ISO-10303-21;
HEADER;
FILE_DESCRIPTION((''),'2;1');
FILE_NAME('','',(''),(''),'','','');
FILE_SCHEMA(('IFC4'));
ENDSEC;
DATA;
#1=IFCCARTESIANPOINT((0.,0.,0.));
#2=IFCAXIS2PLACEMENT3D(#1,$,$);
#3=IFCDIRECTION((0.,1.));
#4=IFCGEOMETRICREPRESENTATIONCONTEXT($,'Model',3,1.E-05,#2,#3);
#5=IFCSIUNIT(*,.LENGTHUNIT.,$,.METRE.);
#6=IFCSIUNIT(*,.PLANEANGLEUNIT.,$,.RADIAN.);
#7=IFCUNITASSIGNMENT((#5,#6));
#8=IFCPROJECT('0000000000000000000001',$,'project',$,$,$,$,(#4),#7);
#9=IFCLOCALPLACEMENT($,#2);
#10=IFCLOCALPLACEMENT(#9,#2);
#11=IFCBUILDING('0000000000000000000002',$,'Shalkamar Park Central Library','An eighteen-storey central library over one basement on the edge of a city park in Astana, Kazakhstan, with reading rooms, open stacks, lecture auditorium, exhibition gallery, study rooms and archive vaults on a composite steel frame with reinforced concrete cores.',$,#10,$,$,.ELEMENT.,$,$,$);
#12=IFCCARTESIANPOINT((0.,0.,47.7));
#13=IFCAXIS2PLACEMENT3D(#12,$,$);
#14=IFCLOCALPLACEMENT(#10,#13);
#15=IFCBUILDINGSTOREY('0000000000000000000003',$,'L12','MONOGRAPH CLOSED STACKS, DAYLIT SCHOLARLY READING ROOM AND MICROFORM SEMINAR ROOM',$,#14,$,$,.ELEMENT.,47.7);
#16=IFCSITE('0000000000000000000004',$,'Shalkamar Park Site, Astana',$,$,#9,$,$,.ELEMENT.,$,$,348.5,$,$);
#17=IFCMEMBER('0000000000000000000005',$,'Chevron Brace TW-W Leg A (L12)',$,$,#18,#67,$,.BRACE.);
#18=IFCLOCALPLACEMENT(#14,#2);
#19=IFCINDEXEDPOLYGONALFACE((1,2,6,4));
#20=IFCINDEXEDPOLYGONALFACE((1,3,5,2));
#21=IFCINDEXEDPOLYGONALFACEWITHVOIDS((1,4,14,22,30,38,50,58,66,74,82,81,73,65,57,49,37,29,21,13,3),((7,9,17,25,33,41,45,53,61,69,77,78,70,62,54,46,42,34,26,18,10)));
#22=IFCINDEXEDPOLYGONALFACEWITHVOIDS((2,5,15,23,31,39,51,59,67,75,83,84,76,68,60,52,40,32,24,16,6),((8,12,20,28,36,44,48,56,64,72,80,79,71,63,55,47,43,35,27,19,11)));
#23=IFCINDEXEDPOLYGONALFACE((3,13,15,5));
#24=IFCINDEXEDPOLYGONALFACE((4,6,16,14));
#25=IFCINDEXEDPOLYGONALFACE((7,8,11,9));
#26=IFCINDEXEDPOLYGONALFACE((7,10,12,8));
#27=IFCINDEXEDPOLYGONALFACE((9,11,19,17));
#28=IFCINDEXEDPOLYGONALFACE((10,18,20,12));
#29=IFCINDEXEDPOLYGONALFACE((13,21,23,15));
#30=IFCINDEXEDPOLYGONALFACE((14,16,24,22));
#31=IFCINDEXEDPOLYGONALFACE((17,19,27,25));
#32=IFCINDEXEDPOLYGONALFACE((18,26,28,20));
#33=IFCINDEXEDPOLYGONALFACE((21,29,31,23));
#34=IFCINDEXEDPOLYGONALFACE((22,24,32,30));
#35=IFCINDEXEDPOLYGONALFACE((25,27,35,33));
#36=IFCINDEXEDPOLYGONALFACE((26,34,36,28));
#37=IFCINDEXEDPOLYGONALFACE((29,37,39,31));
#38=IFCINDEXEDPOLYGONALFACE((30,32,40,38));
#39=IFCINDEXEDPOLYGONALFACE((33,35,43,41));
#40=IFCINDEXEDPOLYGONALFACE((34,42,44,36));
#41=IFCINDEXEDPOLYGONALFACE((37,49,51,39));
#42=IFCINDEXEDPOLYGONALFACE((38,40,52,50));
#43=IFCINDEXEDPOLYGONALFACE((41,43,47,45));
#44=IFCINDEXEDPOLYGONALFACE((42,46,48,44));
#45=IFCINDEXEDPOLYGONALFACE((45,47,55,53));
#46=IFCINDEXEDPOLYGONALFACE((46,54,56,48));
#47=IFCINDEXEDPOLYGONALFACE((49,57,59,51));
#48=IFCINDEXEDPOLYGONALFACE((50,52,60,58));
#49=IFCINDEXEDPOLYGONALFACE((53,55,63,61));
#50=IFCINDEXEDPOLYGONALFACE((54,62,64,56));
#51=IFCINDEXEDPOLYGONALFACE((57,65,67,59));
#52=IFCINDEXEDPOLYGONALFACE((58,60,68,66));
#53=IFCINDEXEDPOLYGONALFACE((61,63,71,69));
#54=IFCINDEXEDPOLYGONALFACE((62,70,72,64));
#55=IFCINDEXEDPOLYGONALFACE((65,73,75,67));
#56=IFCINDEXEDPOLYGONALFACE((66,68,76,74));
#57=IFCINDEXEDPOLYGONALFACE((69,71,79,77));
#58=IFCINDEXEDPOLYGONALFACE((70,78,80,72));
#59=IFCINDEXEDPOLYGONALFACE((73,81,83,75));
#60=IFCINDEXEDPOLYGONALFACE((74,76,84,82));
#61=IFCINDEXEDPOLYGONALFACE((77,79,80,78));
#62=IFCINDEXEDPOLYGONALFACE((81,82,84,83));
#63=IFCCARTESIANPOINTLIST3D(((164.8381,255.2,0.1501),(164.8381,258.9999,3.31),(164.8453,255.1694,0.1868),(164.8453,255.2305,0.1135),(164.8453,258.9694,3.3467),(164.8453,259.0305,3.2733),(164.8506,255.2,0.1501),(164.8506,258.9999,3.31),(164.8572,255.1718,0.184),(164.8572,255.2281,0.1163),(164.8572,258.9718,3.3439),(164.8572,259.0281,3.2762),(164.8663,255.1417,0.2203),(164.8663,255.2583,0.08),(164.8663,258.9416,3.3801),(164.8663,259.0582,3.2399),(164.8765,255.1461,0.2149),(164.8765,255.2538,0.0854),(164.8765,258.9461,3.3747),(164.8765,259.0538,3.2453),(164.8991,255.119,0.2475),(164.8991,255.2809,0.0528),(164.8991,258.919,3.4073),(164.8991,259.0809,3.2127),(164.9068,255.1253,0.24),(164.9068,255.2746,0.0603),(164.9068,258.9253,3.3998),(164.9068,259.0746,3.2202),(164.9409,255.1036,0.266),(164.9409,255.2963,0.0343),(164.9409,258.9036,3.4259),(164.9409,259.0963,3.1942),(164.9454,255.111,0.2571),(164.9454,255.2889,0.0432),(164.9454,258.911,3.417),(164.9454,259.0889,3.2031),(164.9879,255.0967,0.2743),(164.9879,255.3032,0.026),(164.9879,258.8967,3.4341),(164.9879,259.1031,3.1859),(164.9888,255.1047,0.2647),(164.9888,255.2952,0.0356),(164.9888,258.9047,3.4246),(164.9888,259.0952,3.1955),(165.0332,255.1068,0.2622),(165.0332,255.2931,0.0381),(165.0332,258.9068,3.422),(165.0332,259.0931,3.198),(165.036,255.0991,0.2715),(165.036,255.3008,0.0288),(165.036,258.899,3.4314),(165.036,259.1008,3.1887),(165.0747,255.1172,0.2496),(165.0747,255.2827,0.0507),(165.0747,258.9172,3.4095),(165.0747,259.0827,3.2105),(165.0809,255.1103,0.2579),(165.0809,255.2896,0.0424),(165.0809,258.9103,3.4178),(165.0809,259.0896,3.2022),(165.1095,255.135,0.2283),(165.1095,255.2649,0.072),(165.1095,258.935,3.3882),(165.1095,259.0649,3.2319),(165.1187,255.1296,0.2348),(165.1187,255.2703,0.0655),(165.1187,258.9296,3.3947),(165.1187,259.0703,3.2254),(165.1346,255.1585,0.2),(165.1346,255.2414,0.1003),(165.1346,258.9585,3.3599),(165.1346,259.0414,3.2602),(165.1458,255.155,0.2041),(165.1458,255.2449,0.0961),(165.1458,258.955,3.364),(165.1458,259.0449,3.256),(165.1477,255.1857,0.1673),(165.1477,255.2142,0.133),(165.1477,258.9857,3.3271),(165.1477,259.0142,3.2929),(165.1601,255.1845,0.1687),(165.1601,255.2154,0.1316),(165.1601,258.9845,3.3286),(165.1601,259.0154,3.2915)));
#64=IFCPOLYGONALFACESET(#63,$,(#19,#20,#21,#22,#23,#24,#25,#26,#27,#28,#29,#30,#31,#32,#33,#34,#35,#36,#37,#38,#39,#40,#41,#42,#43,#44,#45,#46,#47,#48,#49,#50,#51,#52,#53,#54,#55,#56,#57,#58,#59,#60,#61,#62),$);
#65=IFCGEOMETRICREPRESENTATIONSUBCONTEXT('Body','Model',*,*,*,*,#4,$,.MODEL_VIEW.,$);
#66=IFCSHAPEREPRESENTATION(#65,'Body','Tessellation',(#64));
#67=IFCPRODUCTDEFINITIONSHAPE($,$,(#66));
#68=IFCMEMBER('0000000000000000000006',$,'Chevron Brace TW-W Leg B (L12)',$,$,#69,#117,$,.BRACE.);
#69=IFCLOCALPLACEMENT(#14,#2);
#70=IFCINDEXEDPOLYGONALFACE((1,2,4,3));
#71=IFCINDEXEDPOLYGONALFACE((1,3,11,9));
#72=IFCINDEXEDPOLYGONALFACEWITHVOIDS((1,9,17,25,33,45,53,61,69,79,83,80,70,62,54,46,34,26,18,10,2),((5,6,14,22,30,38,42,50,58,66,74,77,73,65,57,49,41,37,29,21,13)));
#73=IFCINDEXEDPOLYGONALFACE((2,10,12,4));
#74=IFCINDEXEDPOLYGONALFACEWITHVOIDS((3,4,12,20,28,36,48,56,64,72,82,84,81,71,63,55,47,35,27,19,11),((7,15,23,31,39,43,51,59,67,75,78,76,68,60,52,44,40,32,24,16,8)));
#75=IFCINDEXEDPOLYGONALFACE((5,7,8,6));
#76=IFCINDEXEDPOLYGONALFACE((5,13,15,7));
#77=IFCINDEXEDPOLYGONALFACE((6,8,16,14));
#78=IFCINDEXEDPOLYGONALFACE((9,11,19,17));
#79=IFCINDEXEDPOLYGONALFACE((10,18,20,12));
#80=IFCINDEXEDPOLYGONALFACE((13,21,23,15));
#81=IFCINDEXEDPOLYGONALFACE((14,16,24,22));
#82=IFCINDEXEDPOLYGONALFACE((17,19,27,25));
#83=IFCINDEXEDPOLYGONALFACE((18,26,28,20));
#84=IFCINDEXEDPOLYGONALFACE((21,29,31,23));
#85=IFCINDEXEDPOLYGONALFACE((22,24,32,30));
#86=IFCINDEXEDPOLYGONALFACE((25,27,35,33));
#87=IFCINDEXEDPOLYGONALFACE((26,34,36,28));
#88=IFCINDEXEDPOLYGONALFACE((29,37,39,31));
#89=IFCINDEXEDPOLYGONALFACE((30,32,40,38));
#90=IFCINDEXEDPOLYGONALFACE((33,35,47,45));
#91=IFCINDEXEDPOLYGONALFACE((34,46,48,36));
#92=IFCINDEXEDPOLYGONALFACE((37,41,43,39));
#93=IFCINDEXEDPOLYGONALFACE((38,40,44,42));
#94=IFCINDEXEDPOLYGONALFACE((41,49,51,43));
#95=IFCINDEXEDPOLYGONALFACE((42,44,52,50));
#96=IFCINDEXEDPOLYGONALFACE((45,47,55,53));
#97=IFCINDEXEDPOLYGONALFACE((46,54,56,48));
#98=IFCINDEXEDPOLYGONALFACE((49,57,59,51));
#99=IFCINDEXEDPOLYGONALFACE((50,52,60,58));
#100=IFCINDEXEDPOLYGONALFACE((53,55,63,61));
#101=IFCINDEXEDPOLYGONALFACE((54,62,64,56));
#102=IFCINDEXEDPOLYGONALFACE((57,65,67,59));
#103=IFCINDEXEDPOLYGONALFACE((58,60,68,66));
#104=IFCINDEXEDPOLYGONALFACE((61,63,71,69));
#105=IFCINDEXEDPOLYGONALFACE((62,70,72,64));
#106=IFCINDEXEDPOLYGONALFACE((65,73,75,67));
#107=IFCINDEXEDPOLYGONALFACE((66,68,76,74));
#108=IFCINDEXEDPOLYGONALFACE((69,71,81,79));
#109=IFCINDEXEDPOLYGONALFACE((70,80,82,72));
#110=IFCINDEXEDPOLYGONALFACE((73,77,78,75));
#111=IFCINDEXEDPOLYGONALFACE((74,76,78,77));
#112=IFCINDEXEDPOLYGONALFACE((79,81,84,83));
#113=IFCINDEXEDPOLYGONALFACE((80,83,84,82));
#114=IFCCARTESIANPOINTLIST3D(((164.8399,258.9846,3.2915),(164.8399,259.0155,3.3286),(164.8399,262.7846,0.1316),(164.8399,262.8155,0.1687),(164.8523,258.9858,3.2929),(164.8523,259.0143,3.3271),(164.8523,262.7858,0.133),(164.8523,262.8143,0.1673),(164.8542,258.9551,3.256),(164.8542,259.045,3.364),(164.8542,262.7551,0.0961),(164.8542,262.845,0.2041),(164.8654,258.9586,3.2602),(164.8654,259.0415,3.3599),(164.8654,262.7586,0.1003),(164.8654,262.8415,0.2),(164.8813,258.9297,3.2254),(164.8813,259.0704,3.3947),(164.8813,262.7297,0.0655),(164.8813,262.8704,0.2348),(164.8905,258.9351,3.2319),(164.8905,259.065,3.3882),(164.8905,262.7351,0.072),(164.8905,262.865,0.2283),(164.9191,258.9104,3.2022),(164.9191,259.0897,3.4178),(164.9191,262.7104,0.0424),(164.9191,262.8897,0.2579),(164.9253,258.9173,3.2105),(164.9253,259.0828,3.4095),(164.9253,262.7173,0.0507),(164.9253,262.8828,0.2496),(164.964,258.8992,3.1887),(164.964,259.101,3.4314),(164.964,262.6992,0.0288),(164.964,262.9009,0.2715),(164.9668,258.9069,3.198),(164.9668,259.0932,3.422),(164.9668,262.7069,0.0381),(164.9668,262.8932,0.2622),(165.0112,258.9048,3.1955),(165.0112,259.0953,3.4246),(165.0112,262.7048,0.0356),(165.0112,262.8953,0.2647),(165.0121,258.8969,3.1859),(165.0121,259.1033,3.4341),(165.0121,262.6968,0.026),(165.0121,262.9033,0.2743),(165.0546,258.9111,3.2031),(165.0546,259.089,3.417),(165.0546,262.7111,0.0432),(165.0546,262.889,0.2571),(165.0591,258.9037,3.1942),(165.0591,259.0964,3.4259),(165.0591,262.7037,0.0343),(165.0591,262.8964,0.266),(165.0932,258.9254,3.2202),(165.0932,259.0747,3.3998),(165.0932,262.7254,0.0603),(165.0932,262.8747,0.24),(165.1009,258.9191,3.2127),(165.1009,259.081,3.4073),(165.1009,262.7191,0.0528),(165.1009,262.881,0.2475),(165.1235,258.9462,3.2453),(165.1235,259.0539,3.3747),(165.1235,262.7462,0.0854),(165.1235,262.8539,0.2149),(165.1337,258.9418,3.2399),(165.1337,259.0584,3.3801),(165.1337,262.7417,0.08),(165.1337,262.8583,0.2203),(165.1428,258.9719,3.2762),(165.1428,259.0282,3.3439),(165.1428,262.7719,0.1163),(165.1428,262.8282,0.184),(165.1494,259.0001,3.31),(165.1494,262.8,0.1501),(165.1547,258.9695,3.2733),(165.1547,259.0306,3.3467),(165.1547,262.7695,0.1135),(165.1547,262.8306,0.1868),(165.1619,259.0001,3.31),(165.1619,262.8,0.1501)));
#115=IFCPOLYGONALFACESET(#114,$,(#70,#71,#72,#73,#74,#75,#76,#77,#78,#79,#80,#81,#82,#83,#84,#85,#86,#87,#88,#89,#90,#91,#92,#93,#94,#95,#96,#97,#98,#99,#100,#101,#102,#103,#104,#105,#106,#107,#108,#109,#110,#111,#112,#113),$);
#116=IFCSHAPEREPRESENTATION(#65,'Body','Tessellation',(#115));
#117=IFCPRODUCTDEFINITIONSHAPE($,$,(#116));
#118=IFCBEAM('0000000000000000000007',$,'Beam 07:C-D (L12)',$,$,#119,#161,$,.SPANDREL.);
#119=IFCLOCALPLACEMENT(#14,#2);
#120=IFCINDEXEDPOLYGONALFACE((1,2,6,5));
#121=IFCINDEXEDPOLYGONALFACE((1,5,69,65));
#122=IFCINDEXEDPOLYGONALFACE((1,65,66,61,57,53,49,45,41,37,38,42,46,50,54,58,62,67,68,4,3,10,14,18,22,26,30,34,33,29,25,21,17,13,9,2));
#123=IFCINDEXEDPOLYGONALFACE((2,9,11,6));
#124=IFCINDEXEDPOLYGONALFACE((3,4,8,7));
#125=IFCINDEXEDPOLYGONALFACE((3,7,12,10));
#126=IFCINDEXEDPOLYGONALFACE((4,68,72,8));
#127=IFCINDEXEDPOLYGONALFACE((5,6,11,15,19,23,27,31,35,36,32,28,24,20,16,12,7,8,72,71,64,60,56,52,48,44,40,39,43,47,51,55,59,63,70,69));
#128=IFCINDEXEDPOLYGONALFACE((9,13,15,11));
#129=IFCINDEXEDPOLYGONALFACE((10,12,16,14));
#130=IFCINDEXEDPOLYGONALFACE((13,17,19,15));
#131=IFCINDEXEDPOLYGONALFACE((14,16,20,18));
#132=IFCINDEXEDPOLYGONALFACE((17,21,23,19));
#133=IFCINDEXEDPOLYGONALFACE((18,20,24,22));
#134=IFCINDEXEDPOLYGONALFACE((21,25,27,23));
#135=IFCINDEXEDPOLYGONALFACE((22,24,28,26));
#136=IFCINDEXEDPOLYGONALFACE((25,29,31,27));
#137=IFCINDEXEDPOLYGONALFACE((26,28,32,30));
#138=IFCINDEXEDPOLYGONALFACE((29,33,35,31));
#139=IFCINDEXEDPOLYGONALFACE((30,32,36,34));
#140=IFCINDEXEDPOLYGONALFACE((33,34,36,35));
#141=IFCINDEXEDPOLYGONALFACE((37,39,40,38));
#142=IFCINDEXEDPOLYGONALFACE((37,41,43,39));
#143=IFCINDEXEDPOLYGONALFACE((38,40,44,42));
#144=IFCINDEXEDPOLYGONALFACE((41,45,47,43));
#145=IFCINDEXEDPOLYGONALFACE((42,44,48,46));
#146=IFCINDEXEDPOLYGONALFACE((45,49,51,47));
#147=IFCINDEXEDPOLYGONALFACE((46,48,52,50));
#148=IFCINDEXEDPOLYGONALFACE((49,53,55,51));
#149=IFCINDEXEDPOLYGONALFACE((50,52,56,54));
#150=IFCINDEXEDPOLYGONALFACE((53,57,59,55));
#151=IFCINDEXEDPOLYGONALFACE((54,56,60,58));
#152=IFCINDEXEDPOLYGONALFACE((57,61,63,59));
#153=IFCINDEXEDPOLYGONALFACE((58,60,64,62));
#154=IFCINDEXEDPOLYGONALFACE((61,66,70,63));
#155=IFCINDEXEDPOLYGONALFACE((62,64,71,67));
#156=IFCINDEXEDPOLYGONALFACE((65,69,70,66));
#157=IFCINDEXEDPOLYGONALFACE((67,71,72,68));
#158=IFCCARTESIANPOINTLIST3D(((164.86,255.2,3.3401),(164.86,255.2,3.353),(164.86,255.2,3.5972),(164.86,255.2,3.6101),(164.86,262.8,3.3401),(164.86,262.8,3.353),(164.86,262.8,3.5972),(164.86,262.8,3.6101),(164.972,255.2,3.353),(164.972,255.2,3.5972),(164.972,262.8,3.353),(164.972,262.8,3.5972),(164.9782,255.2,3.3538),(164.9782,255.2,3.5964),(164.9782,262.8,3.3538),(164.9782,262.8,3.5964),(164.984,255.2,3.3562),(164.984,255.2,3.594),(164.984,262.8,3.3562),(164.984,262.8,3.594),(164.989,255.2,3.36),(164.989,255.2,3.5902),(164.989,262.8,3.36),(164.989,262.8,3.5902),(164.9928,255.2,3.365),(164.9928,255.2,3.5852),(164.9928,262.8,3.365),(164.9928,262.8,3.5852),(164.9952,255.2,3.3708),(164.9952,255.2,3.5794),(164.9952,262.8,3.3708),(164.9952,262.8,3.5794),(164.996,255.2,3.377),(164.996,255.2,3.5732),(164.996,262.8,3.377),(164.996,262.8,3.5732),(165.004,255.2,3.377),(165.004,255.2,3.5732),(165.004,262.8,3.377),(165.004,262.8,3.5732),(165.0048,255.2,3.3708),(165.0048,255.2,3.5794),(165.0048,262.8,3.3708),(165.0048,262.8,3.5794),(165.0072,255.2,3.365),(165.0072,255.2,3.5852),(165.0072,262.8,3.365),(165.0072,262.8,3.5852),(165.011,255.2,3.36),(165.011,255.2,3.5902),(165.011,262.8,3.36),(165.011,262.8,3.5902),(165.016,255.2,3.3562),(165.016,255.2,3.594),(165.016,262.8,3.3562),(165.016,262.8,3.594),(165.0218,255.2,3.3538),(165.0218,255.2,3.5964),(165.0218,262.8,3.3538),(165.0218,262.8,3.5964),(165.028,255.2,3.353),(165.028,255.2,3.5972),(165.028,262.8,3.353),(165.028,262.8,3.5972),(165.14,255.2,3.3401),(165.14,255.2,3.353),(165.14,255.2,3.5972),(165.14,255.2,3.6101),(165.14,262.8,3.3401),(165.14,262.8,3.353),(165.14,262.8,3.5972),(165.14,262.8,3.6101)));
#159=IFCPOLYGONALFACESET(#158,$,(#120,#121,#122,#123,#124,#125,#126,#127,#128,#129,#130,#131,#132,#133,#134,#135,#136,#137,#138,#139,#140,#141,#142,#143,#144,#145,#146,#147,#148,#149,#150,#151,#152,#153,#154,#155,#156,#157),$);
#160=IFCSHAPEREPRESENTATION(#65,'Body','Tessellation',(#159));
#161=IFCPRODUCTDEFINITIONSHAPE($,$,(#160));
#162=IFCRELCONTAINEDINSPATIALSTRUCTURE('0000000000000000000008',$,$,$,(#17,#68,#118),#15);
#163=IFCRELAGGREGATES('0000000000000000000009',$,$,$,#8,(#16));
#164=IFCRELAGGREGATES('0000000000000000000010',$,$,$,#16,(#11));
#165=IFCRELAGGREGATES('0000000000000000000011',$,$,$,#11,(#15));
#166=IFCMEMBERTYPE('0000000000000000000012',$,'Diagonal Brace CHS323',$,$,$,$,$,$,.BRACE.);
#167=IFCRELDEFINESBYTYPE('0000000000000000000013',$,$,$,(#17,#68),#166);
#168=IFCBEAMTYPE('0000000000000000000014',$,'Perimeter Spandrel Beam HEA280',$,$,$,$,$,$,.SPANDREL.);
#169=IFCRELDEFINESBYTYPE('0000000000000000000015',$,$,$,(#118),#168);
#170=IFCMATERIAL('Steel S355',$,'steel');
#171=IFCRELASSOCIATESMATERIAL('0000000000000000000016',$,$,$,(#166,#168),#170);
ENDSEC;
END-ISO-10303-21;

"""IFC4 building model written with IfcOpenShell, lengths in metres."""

from ifc_helpers import new_model, si_unit, direction, frame, origin, origin_2d, place, context, subcontext, project, spatial, hollow_circle, i_section, extrude, material, material_profile, profile_set, type_object, element, save


model = new_model("IFC4")

# Units and contexts
model_context = context("Model", 3, precision=1e-05, world=origin(), true_north=direction((0.0, 1.0)))
body_context = subcontext(model_context, "Body", "Model", "MODEL_VIEW")
ifc_project = project(units=[si_unit("LENGTHUNIT", "METRE"), si_unit("PLANEANGLEUNIT", "RADIAN")], contexts=[model_context])

# Site, building, storey
site_placement = place(None, origin())
site = spatial("IfcSite", under=ifc_project, at=site_placement, Name="Shalkamar Park Site, Astana", CompositionType="ELEMENT", RefElevation=348.5)
building_placement = place(site_placement, origin())
building = spatial("IfcBuilding", under=site, at=building_placement, Name="Shalkamar Park Central Library", Description="An eighteen-storey central library over one basement on the edge of a city park in Astana, Kazakhstan, with reading rooms, open stacks, lecture auditorium, exhibition gallery, study rooms and archive vaults on a composite steel frame with reinforced concrete cores.", CompositionType="ELEMENT")
storey_placement = place(building_placement, frame((0.0, 0.0, 47.7)))
storey = spatial("IfcBuildingStorey", under=building, at=storey_placement, Name="L12", Description="MONOGRAPH CLOSED STACKS, DAYLIT SCHOLARLY READING ROOM AND MICROFORM SEMINAR ROOM", CompositionType="ELEMENT", Elevation=47.7)

# Shared definitions
ifc_material_1 = material(Name="Steel S355", Category="steel")

# Members
ifc_material_profile_1 = material_profile(ifc_material_1, hollow_circle(Radius=0.1619, WallThickness=0.0125, at=origin_2d()), Name="CHS 323.9x12.5")
ifc_profile_set_1 = profile_set([ifc_material_profile_1], Name="Steel S355")
member_type = type_object("IfcMemberType", Name="Diagonal Brace CHS323", PredefinedType="BRACE", material=ifc_profile_set_1)
for number, where, z_axis, x_axis, name in (
    (1, (165.0, 255.2, 0.1501), (0.0, 0.768897, 0.639373), (-1.0, 0.0, 0.0), "Chevron Brace TW-W Leg A (L12)"),
    (2, (165.0, 262.8, 0.1501), (0.0, -0.768897, 0.639373), (1.0, 0.0, 0.0), "Chevron Brace TW-W Leg B (L12)"),
):
    element("IfcMember", number, at=place(storey_placement, frame(where, z_axis=z_axis, x_axis=x_axis)), inside=storey, type_object=member_type, Name=name, PredefinedType="BRACE", context=body_context, shape_type="SweptSolid", body=[
        extrude(hollow_circle(Radius=0.1619, WallThickness=0.0125, at=origin_2d()), origin(), (0.0, 0.0, 1.0), 4.9421),
    ])

# Beam
ifc_material_profile_2 = material_profile(ifc_material_1, i_section(OverallWidth=0.28, OverallDepth=0.27, WebThickness=0.0081, FlangeThickness=0.0129, FilletRadius=0.0239, at=origin_2d()), Name="HEA 280")
ifc_profile_set_2 = profile_set([ifc_material_profile_2], Name="Steel S355")
beam_type_1 = type_object("IfcBeamType", Name="Perimeter Spandrel Beam HEA280", PredefinedType="SPANDREL", material=ifc_profile_set_2)
beam_1_placement = place(storey_placement, frame((165.0, 255.2, 3.4751), z_axis=(0.0, 1.0, 0.0), x_axis=(-1.0, 0.0, 0.0)))
element("IfcBeam", 3, at=beam_1_placement, inside=storey, type_object=beam_type_1, Name="Beam 07:C-D (L12)", PredefinedType="SPANDREL", context=body_context, shape_type="SweptSolid", body=[
    extrude(i_section(OverallWidth=0.28, OverallDepth=0.27, WebThickness=0.0081, FlangeThickness=0.0129, FilletRadius=0.0239, at=origin_2d()), origin(), (0.0, 0.0, 1.0), 7.6001),
])

save(model, "model.ifc")
